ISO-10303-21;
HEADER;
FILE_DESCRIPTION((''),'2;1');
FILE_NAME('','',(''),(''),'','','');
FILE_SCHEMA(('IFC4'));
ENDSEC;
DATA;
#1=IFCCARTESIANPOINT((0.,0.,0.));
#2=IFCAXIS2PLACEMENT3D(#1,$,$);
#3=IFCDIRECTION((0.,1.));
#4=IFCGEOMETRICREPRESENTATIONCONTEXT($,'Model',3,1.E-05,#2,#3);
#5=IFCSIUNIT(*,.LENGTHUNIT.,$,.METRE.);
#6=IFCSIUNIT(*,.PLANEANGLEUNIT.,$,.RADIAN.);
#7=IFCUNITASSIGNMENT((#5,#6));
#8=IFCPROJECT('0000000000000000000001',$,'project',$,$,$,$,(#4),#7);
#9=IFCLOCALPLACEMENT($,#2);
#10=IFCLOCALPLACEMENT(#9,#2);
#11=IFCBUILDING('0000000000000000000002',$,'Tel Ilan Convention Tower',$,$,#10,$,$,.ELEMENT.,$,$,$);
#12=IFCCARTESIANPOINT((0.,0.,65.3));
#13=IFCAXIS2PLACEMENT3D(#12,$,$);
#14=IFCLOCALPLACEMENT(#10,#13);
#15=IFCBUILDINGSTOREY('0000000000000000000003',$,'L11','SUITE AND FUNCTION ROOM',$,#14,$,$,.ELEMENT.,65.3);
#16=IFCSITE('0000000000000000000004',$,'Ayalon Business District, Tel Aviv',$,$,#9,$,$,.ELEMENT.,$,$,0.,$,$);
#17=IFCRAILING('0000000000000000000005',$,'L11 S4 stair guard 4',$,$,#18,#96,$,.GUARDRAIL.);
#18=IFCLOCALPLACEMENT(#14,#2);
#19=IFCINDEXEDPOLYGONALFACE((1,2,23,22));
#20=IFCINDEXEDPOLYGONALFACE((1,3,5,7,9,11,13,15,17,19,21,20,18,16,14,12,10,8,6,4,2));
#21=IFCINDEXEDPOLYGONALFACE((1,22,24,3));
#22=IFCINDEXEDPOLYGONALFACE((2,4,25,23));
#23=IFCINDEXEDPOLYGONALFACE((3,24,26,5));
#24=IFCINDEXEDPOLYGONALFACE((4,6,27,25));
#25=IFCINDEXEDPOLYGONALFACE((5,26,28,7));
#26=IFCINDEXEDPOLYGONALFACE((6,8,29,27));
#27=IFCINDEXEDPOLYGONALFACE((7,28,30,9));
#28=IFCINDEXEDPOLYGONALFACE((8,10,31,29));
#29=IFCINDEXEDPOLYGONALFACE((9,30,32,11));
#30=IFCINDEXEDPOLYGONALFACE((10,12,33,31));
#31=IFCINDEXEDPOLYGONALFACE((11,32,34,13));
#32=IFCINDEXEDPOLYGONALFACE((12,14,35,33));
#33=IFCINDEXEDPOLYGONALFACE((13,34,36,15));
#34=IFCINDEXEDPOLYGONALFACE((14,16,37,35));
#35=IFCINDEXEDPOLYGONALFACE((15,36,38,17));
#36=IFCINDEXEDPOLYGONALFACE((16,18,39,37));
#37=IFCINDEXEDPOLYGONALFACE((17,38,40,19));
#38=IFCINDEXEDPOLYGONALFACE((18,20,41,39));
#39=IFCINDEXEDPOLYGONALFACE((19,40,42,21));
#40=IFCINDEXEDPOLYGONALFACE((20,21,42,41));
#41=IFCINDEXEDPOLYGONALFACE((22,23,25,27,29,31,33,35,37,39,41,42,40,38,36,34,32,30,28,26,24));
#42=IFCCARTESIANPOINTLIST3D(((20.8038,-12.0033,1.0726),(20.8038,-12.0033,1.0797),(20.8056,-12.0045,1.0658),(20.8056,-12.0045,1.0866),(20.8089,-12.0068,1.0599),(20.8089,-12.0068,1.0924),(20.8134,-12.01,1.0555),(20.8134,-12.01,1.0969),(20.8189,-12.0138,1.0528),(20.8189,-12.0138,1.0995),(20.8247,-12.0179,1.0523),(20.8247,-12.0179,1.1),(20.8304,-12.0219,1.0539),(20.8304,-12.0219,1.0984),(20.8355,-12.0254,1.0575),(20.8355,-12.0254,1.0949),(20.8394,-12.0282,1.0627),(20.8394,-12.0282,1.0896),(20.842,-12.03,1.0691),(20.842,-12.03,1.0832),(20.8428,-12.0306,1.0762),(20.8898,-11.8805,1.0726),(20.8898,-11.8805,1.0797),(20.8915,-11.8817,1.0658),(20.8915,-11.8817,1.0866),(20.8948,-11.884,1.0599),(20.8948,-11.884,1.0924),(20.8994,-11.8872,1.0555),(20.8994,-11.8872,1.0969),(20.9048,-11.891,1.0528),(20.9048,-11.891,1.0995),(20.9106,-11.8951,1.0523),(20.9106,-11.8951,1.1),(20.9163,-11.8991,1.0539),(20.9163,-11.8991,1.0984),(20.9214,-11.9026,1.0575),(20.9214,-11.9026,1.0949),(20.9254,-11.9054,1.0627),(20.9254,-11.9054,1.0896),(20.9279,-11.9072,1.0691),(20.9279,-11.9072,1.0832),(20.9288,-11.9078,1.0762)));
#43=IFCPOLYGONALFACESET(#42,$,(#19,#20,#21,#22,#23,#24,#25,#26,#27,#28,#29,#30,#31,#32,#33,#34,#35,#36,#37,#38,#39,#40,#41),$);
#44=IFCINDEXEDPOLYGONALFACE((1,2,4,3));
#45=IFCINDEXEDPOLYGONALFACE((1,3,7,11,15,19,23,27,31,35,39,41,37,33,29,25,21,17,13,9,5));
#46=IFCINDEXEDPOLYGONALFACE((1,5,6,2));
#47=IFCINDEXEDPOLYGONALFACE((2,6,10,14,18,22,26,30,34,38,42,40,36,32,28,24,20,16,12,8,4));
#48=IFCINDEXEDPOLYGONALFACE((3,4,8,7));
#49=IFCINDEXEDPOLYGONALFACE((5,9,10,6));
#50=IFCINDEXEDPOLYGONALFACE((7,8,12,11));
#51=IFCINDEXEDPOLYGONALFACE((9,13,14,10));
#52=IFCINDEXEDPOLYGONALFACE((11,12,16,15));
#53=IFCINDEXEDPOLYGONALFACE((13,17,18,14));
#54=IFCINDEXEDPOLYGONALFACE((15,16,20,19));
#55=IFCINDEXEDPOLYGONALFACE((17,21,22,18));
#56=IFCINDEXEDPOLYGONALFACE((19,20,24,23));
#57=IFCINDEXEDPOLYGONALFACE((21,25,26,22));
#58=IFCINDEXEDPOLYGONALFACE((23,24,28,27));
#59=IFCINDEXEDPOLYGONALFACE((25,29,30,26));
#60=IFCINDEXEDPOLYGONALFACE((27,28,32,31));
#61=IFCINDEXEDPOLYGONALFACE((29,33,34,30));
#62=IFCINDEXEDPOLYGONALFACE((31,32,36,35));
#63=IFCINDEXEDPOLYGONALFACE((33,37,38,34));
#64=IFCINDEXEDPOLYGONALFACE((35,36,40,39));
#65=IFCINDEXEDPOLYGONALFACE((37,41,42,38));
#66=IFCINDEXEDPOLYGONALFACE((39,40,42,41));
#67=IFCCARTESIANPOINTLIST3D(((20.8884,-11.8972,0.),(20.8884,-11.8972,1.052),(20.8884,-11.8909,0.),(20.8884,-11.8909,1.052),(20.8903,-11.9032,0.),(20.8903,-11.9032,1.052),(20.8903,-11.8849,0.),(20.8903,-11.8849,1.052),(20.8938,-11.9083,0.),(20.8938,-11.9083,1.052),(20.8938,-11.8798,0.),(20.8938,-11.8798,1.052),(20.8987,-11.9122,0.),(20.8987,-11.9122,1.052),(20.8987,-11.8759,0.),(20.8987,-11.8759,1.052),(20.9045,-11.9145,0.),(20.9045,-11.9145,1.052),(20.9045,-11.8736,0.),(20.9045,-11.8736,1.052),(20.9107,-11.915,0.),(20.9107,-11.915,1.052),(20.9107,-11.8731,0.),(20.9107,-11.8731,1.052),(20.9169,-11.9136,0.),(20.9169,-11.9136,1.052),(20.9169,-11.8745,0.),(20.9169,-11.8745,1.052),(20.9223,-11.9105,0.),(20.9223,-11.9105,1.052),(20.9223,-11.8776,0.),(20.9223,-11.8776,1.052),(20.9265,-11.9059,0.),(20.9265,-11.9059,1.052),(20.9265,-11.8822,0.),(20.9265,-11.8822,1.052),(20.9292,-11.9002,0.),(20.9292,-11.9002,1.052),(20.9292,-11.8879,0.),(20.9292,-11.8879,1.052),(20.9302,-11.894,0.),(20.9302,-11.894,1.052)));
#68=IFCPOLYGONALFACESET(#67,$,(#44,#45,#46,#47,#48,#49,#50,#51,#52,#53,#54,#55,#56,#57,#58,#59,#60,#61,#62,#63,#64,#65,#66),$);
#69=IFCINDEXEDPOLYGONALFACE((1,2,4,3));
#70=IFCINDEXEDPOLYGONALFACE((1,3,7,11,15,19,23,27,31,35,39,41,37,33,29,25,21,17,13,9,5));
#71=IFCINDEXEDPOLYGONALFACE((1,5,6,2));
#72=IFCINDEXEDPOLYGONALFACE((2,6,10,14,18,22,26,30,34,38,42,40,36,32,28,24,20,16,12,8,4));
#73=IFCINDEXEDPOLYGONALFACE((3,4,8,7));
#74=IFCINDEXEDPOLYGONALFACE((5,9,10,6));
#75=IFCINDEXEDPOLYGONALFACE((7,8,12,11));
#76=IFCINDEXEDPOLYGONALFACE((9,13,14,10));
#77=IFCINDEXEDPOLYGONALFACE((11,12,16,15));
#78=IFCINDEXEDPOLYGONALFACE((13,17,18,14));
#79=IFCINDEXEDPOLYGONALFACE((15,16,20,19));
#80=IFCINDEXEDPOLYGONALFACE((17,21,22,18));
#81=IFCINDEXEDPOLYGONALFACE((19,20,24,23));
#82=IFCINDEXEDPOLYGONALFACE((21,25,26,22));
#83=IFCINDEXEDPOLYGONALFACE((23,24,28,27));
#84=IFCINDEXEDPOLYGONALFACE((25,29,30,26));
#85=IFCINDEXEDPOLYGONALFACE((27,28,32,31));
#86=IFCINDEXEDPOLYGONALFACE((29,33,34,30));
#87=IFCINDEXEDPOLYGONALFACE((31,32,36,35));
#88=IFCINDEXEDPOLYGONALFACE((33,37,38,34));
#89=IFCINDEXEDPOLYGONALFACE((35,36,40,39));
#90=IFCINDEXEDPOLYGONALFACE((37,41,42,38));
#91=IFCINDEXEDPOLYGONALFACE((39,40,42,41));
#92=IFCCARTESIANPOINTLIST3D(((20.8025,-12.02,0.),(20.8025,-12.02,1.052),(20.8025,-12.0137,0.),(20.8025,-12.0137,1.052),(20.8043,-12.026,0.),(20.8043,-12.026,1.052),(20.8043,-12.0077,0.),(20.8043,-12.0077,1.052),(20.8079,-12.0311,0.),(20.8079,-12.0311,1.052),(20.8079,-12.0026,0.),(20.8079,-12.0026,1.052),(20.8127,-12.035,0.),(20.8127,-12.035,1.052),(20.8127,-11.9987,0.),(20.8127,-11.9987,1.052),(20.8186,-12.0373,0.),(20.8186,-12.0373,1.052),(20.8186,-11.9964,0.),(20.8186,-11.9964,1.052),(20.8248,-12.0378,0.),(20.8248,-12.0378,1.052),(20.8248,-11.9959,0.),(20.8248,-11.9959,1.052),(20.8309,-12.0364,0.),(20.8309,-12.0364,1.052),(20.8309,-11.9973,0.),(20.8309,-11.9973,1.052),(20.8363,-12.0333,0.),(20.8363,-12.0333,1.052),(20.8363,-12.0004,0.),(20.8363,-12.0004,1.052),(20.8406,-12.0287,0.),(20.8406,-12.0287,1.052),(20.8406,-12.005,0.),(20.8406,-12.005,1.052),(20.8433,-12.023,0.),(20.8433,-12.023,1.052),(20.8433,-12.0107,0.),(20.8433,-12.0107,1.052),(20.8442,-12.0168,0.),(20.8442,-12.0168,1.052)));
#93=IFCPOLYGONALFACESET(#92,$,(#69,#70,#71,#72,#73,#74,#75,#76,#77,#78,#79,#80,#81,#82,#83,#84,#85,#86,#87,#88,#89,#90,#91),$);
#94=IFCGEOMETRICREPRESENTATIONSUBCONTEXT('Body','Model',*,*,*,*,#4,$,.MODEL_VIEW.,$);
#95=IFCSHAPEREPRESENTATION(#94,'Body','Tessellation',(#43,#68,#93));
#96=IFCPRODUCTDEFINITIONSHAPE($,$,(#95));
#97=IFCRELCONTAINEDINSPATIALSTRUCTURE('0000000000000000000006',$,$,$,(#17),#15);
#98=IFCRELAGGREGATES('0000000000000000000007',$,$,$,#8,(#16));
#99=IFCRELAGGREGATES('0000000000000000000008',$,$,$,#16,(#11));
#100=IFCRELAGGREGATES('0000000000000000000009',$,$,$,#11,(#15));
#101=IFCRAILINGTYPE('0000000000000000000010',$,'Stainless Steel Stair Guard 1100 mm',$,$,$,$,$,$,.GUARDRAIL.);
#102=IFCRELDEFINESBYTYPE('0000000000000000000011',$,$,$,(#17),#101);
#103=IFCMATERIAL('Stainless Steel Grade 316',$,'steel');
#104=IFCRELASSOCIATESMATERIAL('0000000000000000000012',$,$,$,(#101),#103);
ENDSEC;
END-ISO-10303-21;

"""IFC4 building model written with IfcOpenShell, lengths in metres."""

from ifc_helpers import new_model, si_unit, direction, frame, origin, origin_2d, place, context, subcontext, project, spatial, circle, extrude, material, type_object, element, save


model = new_model("IFC4")

# Units and contexts
model_context = context("Model", 3, precision=1e-05, world=origin(), true_north=direction((0.0, 1.0)))
body_context = subcontext(model_context, "Body", "Model", "MODEL_VIEW")
ifc_project = project(units=[si_unit("LENGTHUNIT", "METRE"), si_unit("PLANEANGLEUNIT", "RADIAN")], contexts=[model_context])

# Site, building, storey
site_placement = place(None, origin())
site = spatial("IfcSite", under=ifc_project, at=site_placement, Name="Ayalon Business District, Tel Aviv", CompositionType="ELEMENT", RefElevation=0.0)
building_placement = place(site_placement, origin())
building = spatial("IfcBuilding", under=site, at=building_placement, Name="Tel Ilan Convention Tower", CompositionType="ELEMENT")
storey_placement = place(building_placement, frame((0.0, 0.0, 65.3)))
storey = spatial("IfcBuildingStorey", under=building, at=storey_placement, Name="L11", Description="SUITE AND FUNCTION ROOM", CompositionType="ELEMENT", Elevation=65.3)

# Railing
ifc_material_1 = material(Name="Stainless Steel Grade 316", Category="steel")
railing_type_1 = type_object("IfcRailingType", Name="Stainless Steel Stair Guard 1100 mm", PredefinedType="GUARDRAIL", material=ifc_material_1)
railing_1_placement = place(storey_placement, frame((20.9092, -11.894, 0.0)))
element("IfcRailing", 1, at=railing_1_placement, inside=storey, type_object=railing_type_1, Name="L11 S4 stair guard 4", PredefinedType="GUARDRAIL", context=body_context, shape_type="SweptSolid", body=[
    extrude(circle(Radius=0.0239, at=origin_2d()), frame((0.0, 0.0, 1.0762), z_axis=(-0.573353, -0.819308, 0.0), x_axis=(0.819308, -0.573353, 0.0)), (0.0, 0.0, 1.0), 0.1499),
    extrude(circle(Radius=0.021, at=origin_2d()), origin(), (0.0, 0.0, 1.0), 1.052),
    extrude(circle(Radius=0.021, at=origin_2d()), frame((-0.0859, -0.1228, 0.0)), (0.0, 0.0, 1.0), 1.052),
])

save(model, "model.ifc")
